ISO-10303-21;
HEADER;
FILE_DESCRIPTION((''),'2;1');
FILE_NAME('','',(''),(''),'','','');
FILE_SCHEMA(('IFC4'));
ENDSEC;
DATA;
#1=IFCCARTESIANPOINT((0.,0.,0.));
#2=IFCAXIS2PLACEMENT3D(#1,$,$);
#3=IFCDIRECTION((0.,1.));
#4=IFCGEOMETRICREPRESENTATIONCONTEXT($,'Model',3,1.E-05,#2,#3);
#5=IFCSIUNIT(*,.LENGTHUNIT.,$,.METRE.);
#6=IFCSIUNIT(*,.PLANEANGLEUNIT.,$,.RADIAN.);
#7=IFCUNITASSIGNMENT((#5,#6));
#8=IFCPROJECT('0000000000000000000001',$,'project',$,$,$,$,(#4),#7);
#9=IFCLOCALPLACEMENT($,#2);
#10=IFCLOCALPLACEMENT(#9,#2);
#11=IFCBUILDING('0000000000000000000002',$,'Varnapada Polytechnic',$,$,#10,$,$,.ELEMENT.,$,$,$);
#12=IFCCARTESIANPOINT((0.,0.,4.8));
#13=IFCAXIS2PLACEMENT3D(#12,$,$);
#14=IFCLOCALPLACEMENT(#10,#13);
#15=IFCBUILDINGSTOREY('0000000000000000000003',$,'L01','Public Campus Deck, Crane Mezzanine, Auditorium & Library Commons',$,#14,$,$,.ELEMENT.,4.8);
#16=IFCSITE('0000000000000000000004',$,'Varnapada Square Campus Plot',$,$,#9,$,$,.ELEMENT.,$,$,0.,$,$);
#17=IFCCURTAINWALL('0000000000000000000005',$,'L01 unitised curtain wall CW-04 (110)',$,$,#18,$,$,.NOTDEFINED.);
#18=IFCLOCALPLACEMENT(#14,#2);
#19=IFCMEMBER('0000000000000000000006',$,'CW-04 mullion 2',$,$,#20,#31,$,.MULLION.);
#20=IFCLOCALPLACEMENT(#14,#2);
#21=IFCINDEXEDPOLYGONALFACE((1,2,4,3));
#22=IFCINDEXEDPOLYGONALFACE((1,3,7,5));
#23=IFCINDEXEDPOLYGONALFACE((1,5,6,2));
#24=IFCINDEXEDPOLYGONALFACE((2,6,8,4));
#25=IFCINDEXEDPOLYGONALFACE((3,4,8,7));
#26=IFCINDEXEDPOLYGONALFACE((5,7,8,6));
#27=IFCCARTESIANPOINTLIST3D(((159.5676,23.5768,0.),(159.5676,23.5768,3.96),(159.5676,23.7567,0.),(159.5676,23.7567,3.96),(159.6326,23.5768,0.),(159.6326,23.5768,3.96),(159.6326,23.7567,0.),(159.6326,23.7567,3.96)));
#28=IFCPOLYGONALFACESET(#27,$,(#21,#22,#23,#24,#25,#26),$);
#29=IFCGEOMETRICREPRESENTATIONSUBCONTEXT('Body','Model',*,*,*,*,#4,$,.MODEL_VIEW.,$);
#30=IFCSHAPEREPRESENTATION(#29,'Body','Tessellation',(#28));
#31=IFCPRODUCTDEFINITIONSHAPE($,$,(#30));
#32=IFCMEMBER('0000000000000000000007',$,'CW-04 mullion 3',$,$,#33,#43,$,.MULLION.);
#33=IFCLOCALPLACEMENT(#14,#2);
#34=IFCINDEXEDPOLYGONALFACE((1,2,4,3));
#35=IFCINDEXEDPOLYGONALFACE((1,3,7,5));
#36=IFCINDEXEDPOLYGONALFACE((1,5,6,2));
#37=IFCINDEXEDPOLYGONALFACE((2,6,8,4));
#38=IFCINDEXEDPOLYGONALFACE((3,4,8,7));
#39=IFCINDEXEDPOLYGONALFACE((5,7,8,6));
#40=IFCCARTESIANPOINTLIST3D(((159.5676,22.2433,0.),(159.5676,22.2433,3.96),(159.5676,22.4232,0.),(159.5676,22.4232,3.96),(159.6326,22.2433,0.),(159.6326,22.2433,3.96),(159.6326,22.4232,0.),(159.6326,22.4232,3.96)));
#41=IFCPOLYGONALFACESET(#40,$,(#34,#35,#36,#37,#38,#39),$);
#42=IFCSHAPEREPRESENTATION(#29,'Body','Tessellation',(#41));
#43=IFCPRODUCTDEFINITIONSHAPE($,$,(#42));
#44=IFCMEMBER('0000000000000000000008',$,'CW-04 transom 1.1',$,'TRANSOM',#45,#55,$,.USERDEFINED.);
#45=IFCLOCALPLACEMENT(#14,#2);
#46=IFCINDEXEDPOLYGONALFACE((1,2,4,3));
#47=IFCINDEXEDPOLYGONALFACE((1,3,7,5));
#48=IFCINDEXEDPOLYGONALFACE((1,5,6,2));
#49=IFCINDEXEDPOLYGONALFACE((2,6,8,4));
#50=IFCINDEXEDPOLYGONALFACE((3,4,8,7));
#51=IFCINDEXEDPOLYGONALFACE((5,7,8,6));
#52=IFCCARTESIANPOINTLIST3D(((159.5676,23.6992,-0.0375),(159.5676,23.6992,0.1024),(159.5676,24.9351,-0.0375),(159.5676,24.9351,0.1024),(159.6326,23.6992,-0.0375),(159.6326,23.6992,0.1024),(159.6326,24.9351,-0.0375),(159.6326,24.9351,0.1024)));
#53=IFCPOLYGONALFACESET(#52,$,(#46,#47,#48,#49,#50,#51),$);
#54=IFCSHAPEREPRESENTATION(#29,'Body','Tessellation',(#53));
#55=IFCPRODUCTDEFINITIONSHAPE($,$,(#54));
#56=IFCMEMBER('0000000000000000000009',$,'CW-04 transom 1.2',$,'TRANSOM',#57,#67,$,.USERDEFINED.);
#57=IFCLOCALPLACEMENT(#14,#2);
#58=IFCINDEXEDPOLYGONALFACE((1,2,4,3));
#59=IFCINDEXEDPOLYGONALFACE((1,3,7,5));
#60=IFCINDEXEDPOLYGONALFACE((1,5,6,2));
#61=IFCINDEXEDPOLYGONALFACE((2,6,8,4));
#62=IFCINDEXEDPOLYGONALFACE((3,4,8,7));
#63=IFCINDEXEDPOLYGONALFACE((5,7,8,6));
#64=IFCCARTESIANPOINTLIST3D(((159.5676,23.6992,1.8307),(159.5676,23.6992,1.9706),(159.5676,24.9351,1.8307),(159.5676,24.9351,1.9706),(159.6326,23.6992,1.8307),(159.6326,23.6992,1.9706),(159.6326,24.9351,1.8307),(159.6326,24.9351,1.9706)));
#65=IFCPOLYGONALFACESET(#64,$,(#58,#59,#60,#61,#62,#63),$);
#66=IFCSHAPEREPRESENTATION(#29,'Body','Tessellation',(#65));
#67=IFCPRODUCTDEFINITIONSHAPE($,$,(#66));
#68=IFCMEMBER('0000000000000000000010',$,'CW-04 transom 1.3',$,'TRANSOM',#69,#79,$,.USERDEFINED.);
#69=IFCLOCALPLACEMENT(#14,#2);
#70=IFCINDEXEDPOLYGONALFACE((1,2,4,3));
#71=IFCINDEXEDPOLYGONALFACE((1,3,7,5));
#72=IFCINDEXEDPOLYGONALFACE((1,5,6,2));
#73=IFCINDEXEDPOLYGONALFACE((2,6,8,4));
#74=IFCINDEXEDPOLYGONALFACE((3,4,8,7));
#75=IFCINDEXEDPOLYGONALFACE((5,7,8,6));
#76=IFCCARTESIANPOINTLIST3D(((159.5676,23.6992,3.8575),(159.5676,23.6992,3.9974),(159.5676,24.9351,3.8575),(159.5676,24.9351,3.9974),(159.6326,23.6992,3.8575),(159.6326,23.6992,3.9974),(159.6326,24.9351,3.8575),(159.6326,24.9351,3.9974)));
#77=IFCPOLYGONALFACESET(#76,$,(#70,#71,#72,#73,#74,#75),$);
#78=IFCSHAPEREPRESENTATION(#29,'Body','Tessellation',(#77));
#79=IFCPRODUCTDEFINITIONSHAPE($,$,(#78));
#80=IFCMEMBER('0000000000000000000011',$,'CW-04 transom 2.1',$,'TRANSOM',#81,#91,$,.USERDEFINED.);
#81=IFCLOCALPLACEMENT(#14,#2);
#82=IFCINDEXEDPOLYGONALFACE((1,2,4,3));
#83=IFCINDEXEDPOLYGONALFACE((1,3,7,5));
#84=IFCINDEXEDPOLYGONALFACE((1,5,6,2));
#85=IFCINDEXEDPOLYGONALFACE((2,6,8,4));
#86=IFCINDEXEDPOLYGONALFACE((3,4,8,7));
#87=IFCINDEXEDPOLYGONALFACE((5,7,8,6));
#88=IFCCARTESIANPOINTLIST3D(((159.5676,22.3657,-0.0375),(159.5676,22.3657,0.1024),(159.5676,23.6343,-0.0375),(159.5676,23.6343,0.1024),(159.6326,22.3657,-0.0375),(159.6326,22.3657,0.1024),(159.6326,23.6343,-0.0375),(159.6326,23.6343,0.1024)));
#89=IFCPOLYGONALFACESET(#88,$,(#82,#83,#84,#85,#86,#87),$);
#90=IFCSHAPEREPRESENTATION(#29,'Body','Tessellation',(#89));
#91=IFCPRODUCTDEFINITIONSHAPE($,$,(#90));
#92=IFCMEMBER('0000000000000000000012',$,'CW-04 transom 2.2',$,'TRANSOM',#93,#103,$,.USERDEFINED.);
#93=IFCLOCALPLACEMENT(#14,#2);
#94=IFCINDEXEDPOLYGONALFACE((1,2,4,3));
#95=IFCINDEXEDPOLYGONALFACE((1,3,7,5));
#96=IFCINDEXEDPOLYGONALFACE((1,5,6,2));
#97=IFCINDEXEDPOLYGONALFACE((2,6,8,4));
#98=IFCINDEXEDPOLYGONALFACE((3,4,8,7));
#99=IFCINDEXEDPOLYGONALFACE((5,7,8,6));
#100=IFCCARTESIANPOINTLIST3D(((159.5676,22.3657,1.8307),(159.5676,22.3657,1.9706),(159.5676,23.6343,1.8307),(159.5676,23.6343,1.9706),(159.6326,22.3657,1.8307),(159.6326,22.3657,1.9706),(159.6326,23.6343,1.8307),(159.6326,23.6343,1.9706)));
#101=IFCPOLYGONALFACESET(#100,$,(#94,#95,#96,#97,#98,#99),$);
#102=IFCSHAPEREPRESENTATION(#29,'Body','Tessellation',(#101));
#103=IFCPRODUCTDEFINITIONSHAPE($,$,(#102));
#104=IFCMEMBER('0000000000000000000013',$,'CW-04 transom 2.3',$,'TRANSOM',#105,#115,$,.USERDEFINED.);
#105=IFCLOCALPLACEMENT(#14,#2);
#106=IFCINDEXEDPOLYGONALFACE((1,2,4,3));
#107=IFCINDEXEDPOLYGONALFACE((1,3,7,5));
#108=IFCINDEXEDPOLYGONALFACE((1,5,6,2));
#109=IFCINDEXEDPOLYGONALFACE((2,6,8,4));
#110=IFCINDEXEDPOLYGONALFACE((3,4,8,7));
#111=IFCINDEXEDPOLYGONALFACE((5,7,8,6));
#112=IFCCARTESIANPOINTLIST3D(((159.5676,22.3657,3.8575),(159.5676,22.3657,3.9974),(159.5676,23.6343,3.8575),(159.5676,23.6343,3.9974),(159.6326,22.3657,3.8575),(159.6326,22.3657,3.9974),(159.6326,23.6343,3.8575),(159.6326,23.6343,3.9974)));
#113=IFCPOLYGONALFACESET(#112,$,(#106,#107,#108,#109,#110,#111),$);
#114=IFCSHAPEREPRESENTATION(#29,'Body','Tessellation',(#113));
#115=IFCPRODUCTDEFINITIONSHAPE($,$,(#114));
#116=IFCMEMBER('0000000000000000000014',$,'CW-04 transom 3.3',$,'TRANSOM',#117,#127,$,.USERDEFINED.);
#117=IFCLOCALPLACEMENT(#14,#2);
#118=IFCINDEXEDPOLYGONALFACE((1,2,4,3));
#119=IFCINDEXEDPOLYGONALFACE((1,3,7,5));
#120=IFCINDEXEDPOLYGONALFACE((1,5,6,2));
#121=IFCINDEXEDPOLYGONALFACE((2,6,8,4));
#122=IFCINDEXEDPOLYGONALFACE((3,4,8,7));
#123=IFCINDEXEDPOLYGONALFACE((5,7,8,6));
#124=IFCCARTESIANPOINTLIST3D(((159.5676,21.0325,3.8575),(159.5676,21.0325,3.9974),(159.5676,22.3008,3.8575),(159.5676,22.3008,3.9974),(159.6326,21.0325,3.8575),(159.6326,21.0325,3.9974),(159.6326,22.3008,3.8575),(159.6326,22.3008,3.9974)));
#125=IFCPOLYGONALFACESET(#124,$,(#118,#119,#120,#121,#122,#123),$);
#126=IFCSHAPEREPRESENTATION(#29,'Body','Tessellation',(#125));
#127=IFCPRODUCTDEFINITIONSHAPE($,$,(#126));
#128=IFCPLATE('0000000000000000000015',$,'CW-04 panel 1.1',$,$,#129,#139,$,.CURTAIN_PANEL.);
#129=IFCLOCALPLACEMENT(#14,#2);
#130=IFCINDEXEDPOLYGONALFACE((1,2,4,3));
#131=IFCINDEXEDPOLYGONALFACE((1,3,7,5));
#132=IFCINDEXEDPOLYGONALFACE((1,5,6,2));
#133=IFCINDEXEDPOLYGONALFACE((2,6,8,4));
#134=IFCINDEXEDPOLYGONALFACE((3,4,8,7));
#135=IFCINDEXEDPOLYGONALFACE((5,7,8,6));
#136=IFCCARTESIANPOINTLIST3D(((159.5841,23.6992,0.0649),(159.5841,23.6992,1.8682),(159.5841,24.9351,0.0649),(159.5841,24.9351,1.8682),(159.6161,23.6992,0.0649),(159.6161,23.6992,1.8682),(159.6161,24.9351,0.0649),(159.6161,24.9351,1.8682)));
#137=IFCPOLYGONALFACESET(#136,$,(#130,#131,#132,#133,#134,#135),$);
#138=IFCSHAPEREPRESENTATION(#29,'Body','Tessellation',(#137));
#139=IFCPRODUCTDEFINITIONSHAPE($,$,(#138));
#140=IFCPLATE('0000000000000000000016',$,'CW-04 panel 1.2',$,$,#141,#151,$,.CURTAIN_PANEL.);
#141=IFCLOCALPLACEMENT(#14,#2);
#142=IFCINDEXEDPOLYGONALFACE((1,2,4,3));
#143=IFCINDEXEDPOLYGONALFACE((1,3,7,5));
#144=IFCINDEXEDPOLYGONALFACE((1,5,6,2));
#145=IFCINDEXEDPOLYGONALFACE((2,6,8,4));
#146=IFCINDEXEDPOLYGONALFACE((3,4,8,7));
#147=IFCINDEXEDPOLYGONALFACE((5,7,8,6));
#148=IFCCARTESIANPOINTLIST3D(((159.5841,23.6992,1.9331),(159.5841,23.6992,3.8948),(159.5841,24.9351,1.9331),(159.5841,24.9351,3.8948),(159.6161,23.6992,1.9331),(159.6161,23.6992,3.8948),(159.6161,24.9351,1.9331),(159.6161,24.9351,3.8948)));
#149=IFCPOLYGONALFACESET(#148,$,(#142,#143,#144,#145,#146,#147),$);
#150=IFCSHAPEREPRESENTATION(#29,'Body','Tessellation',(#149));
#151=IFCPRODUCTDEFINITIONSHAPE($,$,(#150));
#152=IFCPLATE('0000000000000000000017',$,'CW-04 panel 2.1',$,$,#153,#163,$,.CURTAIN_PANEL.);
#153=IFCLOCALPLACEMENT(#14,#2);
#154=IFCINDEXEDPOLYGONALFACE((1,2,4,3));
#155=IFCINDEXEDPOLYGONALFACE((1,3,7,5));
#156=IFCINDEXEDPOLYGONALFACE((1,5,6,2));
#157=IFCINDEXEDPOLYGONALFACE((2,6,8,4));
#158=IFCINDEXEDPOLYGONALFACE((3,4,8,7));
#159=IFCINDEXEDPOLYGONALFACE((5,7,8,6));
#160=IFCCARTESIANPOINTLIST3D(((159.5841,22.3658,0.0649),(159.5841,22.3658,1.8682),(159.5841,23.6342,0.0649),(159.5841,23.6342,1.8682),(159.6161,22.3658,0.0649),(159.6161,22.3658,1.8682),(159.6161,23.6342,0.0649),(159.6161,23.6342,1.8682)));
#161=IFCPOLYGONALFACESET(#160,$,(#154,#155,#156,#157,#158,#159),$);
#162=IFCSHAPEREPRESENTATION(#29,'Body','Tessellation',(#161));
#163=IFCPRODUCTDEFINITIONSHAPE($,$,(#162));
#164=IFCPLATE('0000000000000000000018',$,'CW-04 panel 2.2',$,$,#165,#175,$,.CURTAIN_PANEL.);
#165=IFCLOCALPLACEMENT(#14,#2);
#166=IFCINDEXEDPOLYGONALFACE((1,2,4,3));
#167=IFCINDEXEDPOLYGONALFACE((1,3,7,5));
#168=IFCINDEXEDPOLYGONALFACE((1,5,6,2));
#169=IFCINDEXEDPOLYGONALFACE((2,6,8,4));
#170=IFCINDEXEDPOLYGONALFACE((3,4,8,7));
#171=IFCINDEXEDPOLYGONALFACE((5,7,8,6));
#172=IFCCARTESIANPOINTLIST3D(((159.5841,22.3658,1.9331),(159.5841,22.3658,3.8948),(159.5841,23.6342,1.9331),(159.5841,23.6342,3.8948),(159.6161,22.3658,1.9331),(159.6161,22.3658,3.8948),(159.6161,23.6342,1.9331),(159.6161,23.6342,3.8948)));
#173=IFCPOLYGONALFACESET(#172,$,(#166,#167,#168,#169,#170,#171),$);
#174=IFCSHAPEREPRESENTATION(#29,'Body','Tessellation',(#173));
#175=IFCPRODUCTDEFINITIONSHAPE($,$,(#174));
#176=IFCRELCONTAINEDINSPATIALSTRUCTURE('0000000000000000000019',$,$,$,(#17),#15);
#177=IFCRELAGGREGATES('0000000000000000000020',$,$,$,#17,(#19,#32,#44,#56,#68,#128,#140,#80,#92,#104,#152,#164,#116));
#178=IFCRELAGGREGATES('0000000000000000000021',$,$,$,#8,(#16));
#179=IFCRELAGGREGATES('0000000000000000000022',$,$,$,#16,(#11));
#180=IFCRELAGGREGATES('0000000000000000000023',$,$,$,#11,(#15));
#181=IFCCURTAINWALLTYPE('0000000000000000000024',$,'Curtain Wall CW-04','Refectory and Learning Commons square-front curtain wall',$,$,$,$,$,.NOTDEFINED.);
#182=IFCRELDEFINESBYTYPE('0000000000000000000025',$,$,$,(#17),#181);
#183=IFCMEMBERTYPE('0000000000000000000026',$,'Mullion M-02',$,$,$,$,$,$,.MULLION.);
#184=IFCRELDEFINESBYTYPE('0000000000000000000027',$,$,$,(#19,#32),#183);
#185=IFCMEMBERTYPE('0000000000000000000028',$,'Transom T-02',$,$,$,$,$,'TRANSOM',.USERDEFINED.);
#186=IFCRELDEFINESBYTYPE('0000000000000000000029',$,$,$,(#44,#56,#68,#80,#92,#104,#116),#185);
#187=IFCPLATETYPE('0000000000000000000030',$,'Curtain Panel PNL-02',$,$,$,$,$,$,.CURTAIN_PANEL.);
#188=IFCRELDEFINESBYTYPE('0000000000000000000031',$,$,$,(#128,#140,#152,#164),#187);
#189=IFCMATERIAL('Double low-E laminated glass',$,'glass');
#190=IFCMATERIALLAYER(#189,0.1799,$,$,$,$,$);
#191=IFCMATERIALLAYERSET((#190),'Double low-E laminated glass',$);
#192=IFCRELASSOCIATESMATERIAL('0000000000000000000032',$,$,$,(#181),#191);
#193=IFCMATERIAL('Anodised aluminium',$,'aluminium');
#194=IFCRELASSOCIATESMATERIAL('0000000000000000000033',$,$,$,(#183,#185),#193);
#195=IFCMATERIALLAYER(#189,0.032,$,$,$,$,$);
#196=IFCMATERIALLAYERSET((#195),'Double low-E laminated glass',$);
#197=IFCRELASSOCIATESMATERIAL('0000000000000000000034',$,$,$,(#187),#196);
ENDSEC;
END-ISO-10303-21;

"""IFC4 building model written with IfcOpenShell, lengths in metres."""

from ifc_helpers import new_model, si_unit, direction, frame, origin, origin_2d, place, context, subcontext, project, spatial, rectangle, extrude, material, layer, layer_set, material_profile, profile_set, type_object, element, aggregate, save


model = new_model("IFC4")

# Units and contexts
model_context = context("Model", 3, precision=1e-05, world=origin(), true_north=direction((0.0, 1.0)))
body_context = subcontext(model_context, "Body", "Model", "MODEL_VIEW")
ifc_project = project(units=[si_unit("LENGTHUNIT", "METRE"), si_unit("PLANEANGLEUNIT", "RADIAN")], contexts=[model_context])

# Site, building, storey
site_placement = place(None, origin())
site = spatial("IfcSite", under=ifc_project, at=site_placement, Name="Varnapada Square Campus Plot", CompositionType="ELEMENT", RefElevation=0.0)
building_placement = place(site_placement, origin())
building = spatial("IfcBuilding", under=site, at=building_placement, Name="Varnapada Polytechnic", CompositionType="ELEMENT")
storey_placement = place(building_placement, frame((0.0, 0.0, 4.8)))
storey = spatial("IfcBuildingStorey", under=building, at=storey_placement, Name="L01", Description="Public Campus Deck, Crane Mezzanine, Auditorium & Library Commons", CompositionType="ELEMENT", Elevation=4.8)

# Curtain wall, members, plates
ifc_material_1 = material(Name="Double low-E laminated glass", Category="glass")
ifc_layer_1 = layer(ifc_material_1, 0.1799)
ifc_layer_set_1 = layer_set([ifc_layer_1], Name="Double low-E laminated glass")
curtain_wall_type = type_object("IfcCurtainWallType", Name="Curtain Wall CW-04", Description="Refectory and Learning Commons square-front curtain wall", PredefinedType="NOTDEFINED", material=ifc_layer_set_1)
curtain_wall_placement = place(storey_placement, origin())
curtain_wall = element("IfcCurtainWall", 1, at=curtain_wall_placement, inside=storey, type_object=curtain_wall_type, Name="L01 unitised curtain wall CW-04 (110)", PredefinedType="NOTDEFINED")
ifc_material_2 = material(Name="Anodised aluminium", Category="aluminium")
ifc_material_profile_1 = material_profile(ifc_material_2, rectangle(XDim=0.0649, YDim=0.1799, at=origin_2d()), Name="ALU M65x180")
ifc_profile_set_1 = profile_set([ifc_material_profile_1], Name="Anodised aluminium")
member_type_1 = type_object("IfcMemberType", Name="Mullion M-02", PredefinedType="MULLION", material=ifc_profile_set_1)
member_1_placement = place(storey_placement, frame((159.6001, 23.6667, 0.0), z_axis=(0.0, 0.0, 1.0), x_axis=(1.0, 0.0, 0.0)))
member_1 = element("IfcMember", 2, at=member_1_placement, type_object=member_type_1, Name="CW-04 mullion 2", PredefinedType="MULLION", context=body_context, shape_type="SweptSolid", body=[
    extrude(rectangle(XDim=0.0649, YDim=0.1799, at=origin_2d()), origin(), (0.0, 0.0, 1.0), 3.96),
])
member_2_placement = place(storey_placement, frame((159.6001, 22.3333, 0.0), z_axis=(0.0, 0.0, 1.0), x_axis=(1.0, 0.0, 0.0)))
member_2 = element("IfcMember", 3, at=member_2_placement, type_object=member_type_1, Name="CW-04 mullion 3", PredefinedType="MULLION", context=body_context, shape_type="SweptSolid", body=[
    extrude(rectangle(XDim=0.0649, YDim=0.1799, at=origin_2d()), origin(), (0.0, 0.0, 1.0), 3.96),
])
ifc_material_profile_2 = material_profile(ifc_material_2, rectangle(XDim=0.0649, YDim=0.1399, at=origin_2d()), Name="ALU T65x140")
ifc_profile_set_2 = profile_set([ifc_material_profile_2], Name="Anodised aluminium")
member_type_2 = type_object("IfcMemberType", Name="Transom T-02", ElementType="TRANSOM", PredefinedType="USERDEFINED", material=ifc_profile_set_2)
member_3_placement = place(storey_placement, frame((159.6001, 24.9351, 0.0325), z_axis=(0.0, -1.0, 0.0), x_axis=(1.0, 0.0, 0.0)))
member_3 = element("IfcMember", 4, at=member_3_placement, type_object=member_type_2, Name="CW-04 transom 1.1", ObjectType="TRANSOM", PredefinedType="USERDEFINED", context=body_context, shape_type="SweptSolid", body=[
    extrude(rectangle(XDim=0.0649, YDim=0.1399, at=origin_2d()), origin(), (0.0, 0.0, 1.0), 1.2358),
])
member_4_placement = place(storey_placement, frame((159.6001, 24.9351, 1.9006), z_axis=(0.0, -1.0, 0.0), x_axis=(1.0, 0.0, 0.0)))
member_4 = element("IfcMember", 5, at=member_4_placement, type_object=member_type_2, Name="CW-04 transom 1.2", ObjectType="TRANSOM", PredefinedType="USERDEFINED", context=body_context, shape_type="SweptSolid", body=[
    extrude(rectangle(XDim=0.0649, YDim=0.1399, at=origin_2d()), origin(), (0.0, 0.0, 1.0), 1.2358),
])
member_5_placement = place(storey_placement, frame((159.6001, 24.9351, 3.9275), z_axis=(0.0, -1.0, 0.0), x_axis=(1.0, 0.0, 0.0)))
member_5 = element("IfcMember", 6, at=member_5_placement, type_object=member_type_2, Name="CW-04 transom 1.3", ObjectType="TRANSOM", PredefinedType="USERDEFINED", context=body_context, shape_type="SweptSolid", body=[
    extrude(rectangle(XDim=0.0649, YDim=0.1399, at=origin_2d()), origin(), (0.0, 0.0, 1.0), 1.2358),
])
member_6_placement = place(storey_placement, frame((159.6001, 23.6343, 0.0325), z_axis=(0.0, -1.0, 0.0), x_axis=(1.0, 0.0, 0.0)))
member_6 = element("IfcMember", 7, at=member_6_placement, type_object=member_type_2, Name="CW-04 transom 2.1", ObjectType="TRANSOM", PredefinedType="USERDEFINED", context=body_context, shape_type="SweptSolid", body=[
    extrude(rectangle(XDim=0.0649, YDim=0.1399, at=origin_2d()), origin(), (0.0, 0.0, 1.0), 1.2686),
])
member_7_placement = place(storey_placement, frame((159.6001, 23.6343, 1.9006), z_axis=(0.0, -1.0, 0.0), x_axis=(1.0, 0.0, 0.0)))
member_7 = element("IfcMember", 8, at=member_7_placement, type_object=member_type_2, Name="CW-04 transom 2.2", ObjectType="TRANSOM", PredefinedType="USERDEFINED", context=body_context, shape_type="SweptSolid", body=[
    extrude(rectangle(XDim=0.0649, YDim=0.1399, at=origin_2d()), origin(), (0.0, 0.0, 1.0), 1.2686),
])
member_8_placement = place(storey_placement, frame((159.6001, 23.6343, 3.9275), z_axis=(0.0, -1.0, 0.0), x_axis=(1.0, 0.0, 0.0)))
member_8 = element("IfcMember", 9, at=member_8_placement, type_object=member_type_2, Name="CW-04 transom 2.3", ObjectType="TRANSOM", PredefinedType="USERDEFINED", context=body_context, shape_type="SweptSolid", body=[
    extrude(rectangle(XDim=0.0649, YDim=0.1399, at=origin_2d()), origin(), (0.0, 0.0, 1.0), 1.2686),
])
member_9_placement = place(storey_placement, frame((159.6001, 22.3008, 3.9275), z_axis=(0.0, -1.0, 0.0), x_axis=(1.0, 0.0, 0.0)))
member_9 = element("IfcMember", 10, at=member_9_placement, type_object=member_type_2, Name="CW-04 transom 3.3", ObjectType="TRANSOM", PredefinedType="USERDEFINED", context=body_context, shape_type="SweptSolid", body=[
    extrude(rectangle(XDim=0.0649, YDim=0.1399, at=origin_2d()), origin(), (0.0, 0.0, 1.0), 1.2683),
])
ifc_layer_2 = layer(ifc_material_1, 0.032)
ifc_layer_set_2 = layer_set([ifc_layer_2], Name="Double low-E laminated glass")
plate_type = type_object("IfcPlateType", Name="Curtain Panel PNL-02", PredefinedType="CURTAIN_PANEL", material=ifc_layer_set_2)
plate_1_placement = place(storey_placement, frame((159.6001, 24.3171, 0.0649), z_axis=(0.0, 0.0, 1.0), x_axis=(0.0, -1.0, 0.0)))
plate_1 = element("IfcPlate", 11, at=plate_1_placement, type_object=plate_type, Name="CW-04 panel 1.1", PredefinedType="CURTAIN_PANEL", context=body_context, shape_type="SweptSolid", body=[
    extrude(rectangle(XDim=1.2358, YDim=0.032, at=origin_2d()), origin(), (0.0, 0.0, 1.0), 1.8032),
])
plate_2_placement = place(storey_placement, frame((159.6001, 24.3171, 1.9331), z_axis=(0.0, 0.0, 1.0), x_axis=(0.0, -1.0, 0.0)))
plate_2 = element("IfcPlate", 12, at=plate_2_placement, type_object=plate_type, Name="CW-04 panel 1.2", PredefinedType="CURTAIN_PANEL", context=body_context, shape_type="SweptSolid", body=[
    extrude(rectangle(XDim=1.2358, YDim=0.032, at=origin_2d()), origin(), (0.0, 0.0, 1.0), 1.9617),
])
plate_3_placement = place(storey_placement, frame((159.6001, 23.0, 0.0649), z_axis=(0.0, 0.0, 1.0), x_axis=(0.0, -1.0, 0.0)))
plate_3 = element("IfcPlate", 13, at=plate_3_placement, type_object=plate_type, Name="CW-04 panel 2.1", PredefinedType="CURTAIN_PANEL", context=body_context, shape_type="SweptSolid", body=[
    extrude(rectangle(XDim=1.2683, YDim=0.032, at=origin_2d()), origin(), (0.0, 0.0, 1.0), 1.8032),
])
plate_4_placement = place(storey_placement, frame((159.6001, 23.0, 1.9331), z_axis=(0.0, 0.0, 1.0), x_axis=(0.0, -1.0, 0.0)))
plate_4 = element("IfcPlate", 14, at=plate_4_placement, type_object=plate_type, Name="CW-04 panel 2.2", PredefinedType="CURTAIN_PANEL", context=body_context, shape_type="SweptSolid", body=[
    extrude(rectangle(XDim=1.2683, YDim=0.032, at=origin_2d()), origin(), (0.0, 0.0, 1.0), 1.9617),
])
aggregate(curtain_wall, [member_1, member_2, member_3, member_4, member_5, plate_1, plate_2, member_6, member_7, member_8, plate_3, plate_4, member_9])

save(model, "model.ifc")
